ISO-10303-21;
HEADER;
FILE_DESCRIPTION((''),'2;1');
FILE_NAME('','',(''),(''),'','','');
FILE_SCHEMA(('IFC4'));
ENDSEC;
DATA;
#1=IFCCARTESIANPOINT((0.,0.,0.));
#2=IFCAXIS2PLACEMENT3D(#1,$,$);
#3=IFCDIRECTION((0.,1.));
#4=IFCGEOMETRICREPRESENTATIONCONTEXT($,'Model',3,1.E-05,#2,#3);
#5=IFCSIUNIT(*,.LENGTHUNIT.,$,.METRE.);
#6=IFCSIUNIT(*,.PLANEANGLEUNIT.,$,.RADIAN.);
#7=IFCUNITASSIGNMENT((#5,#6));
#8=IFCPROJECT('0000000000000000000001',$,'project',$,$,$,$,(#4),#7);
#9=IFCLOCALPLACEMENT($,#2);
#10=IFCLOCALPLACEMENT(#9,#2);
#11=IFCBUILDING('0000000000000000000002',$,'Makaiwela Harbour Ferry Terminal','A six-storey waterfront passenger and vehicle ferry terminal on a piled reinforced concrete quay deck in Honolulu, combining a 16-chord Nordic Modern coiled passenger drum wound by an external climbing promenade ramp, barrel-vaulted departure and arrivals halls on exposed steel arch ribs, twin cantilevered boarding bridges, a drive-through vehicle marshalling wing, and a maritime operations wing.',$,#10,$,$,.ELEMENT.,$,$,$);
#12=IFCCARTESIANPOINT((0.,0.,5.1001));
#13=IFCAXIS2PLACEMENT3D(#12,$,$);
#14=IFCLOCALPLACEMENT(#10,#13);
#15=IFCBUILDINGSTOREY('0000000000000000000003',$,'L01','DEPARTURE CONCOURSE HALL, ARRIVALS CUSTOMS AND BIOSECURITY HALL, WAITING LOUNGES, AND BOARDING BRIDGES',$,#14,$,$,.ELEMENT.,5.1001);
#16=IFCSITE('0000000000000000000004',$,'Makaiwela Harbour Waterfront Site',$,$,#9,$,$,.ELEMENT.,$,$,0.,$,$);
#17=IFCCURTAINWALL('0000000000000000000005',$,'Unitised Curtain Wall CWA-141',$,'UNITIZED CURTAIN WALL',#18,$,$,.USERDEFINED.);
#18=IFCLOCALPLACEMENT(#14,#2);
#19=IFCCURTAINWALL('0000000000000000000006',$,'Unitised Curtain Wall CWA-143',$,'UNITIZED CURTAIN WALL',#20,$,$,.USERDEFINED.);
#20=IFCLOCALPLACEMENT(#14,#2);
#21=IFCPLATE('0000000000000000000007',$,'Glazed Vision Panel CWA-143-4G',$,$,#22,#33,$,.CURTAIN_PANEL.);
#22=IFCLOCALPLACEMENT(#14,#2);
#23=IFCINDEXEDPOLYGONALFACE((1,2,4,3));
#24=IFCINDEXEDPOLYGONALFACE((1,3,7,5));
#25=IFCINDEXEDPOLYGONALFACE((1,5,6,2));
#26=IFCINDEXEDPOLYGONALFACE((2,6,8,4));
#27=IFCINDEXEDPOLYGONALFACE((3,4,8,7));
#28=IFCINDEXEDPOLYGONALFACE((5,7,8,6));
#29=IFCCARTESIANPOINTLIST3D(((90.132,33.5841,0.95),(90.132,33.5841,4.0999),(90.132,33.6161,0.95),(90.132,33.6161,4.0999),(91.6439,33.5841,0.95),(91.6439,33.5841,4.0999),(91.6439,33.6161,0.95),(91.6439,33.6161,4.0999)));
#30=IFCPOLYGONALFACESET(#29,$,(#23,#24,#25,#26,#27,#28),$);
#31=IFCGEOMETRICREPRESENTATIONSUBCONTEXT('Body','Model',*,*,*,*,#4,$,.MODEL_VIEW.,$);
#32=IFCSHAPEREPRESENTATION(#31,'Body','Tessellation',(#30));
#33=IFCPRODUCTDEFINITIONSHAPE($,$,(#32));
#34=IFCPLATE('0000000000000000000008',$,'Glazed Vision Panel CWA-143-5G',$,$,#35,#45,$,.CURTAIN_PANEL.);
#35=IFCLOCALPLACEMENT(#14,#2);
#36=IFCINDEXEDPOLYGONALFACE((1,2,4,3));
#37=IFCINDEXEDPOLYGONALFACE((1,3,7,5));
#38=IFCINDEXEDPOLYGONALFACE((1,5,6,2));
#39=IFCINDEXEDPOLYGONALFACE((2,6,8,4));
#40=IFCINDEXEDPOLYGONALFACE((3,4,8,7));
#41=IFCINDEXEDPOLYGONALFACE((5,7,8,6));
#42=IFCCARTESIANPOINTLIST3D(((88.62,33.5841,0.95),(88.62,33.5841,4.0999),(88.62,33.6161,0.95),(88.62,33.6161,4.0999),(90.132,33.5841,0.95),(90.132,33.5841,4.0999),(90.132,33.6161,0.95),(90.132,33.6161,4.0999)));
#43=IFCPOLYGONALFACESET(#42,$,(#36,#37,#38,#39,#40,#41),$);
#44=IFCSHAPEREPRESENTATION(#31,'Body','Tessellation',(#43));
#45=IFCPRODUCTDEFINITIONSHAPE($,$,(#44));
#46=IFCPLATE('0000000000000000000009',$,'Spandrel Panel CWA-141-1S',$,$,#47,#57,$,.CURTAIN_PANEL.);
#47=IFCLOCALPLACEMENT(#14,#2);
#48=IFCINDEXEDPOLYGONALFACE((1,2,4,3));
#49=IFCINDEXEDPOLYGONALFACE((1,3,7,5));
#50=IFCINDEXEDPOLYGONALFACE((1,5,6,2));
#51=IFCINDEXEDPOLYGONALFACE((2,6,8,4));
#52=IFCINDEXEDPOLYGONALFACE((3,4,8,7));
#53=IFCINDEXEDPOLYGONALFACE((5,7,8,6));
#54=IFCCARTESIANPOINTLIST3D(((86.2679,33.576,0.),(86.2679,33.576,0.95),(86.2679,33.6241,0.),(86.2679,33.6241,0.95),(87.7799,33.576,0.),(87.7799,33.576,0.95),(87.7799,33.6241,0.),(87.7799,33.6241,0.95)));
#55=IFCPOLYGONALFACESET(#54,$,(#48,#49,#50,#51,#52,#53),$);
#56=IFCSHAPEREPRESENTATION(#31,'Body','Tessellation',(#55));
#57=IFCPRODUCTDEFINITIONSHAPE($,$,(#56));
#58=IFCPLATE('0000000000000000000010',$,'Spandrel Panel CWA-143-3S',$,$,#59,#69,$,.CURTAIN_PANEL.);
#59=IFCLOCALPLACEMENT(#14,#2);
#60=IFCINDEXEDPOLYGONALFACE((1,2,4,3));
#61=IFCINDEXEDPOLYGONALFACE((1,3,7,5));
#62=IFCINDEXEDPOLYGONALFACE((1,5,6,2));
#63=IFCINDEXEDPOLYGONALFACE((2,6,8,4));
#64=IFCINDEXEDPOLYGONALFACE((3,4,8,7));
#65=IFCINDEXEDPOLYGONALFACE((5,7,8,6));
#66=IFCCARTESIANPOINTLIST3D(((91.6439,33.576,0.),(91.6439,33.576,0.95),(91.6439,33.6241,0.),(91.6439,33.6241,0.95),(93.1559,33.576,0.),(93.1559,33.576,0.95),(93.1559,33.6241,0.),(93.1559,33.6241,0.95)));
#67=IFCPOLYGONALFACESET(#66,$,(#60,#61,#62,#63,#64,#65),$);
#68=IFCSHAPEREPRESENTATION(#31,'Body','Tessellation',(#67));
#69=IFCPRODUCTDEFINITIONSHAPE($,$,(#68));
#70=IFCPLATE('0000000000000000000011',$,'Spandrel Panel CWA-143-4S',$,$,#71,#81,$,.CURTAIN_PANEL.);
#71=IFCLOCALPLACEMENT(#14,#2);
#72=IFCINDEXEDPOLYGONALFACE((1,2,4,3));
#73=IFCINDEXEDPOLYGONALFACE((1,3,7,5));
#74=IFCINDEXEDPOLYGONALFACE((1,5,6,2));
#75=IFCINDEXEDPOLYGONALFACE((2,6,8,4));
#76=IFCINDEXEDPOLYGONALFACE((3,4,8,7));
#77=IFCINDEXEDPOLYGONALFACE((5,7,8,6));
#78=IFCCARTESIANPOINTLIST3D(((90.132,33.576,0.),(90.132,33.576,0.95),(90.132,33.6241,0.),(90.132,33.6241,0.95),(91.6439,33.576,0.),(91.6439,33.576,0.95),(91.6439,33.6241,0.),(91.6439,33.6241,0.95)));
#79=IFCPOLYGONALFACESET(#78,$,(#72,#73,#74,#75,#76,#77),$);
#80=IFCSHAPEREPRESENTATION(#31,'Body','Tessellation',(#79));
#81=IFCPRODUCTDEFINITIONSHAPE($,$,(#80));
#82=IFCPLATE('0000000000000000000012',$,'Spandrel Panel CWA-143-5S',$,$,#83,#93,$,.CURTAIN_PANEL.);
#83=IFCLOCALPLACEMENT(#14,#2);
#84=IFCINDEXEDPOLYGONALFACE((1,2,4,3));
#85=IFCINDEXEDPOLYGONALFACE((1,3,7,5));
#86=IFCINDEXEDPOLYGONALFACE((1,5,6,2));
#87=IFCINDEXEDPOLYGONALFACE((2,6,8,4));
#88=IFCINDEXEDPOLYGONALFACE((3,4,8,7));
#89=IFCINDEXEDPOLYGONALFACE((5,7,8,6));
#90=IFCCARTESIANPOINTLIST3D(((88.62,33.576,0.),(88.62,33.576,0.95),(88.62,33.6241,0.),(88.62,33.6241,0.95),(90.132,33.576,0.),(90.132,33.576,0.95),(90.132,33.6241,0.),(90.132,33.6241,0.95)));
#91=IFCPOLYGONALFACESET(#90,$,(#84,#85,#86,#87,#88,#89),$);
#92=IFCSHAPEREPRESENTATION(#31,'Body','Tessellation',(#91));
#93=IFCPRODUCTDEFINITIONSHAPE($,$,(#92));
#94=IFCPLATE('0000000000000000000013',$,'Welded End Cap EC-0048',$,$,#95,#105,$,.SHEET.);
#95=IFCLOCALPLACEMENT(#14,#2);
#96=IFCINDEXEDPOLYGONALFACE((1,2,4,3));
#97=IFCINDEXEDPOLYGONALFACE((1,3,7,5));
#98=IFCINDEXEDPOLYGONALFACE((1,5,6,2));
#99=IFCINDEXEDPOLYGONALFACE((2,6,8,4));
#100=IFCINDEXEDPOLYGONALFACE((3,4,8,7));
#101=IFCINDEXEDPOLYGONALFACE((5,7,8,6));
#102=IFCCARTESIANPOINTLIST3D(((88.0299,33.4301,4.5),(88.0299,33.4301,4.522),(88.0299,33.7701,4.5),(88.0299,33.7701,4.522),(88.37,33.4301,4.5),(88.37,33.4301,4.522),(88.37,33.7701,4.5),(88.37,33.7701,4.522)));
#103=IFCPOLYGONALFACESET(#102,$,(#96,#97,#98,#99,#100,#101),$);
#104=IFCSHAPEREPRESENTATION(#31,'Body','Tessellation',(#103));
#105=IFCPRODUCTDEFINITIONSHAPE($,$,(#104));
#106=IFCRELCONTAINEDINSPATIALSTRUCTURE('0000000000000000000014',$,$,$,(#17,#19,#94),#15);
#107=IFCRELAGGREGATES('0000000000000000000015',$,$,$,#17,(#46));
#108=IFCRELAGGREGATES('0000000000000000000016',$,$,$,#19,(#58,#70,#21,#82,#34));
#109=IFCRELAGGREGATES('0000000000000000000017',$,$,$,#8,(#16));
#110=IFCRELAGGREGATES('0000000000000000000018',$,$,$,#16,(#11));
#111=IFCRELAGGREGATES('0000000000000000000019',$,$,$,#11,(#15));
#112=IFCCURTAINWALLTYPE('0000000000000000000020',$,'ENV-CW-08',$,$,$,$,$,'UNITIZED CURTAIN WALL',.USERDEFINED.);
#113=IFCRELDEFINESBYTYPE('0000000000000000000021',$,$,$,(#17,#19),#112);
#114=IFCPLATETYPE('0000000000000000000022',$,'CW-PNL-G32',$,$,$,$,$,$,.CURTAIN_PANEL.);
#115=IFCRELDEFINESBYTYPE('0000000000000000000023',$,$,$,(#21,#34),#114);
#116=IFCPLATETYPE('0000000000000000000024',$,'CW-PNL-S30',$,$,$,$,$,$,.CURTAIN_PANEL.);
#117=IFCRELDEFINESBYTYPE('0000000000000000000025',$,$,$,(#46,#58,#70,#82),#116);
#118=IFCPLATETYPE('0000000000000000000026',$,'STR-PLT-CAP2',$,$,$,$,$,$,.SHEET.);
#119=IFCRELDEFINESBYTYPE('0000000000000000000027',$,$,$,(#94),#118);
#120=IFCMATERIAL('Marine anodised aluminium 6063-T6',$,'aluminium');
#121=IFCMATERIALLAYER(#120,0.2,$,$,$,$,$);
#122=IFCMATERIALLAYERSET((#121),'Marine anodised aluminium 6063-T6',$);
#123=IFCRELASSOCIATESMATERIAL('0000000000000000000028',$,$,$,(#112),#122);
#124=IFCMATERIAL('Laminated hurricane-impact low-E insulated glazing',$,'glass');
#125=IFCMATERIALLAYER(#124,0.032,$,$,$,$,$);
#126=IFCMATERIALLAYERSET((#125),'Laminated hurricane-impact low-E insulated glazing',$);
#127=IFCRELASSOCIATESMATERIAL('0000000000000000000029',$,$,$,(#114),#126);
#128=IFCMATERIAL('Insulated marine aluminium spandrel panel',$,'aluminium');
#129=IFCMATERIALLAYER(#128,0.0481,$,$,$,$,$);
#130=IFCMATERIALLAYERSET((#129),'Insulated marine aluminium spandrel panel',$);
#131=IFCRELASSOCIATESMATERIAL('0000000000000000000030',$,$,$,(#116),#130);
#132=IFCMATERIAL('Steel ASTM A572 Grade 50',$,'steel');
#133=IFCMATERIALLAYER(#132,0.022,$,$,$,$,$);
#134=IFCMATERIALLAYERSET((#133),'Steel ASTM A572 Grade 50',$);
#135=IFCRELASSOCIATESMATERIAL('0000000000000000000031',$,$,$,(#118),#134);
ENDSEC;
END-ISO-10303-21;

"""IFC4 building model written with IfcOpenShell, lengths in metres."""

from ifc_helpers import new_model, si_unit, direction, frame, origin, origin_2d, place, context, subcontext, project, spatial, rectangle, extrude, material, layer, layer_set, type_object, element, aggregate, save


model = new_model("IFC4")

# Units and contexts
model_context = context("Model", 3, precision=1e-05, world=origin(), true_north=direction((0.0, 1.0)))
body_context = subcontext(model_context, "Body", "Model", "MODEL_VIEW")
ifc_project = project(units=[si_unit("LENGTHUNIT", "METRE"), si_unit("PLANEANGLEUNIT", "RADIAN")], contexts=[model_context])

# Site, building, storey
site_placement = place(None, origin())
site = spatial("IfcSite", under=ifc_project, at=site_placement, Name="Makaiwela Harbour Waterfront Site", CompositionType="ELEMENT", RefElevation=0.0)
building_placement = place(site_placement, origin())
building = spatial("IfcBuilding", under=site, at=building_placement, Name="Makaiwela Harbour Ferry Terminal", Description="A six-storey waterfront passenger and vehicle ferry terminal on a piled reinforced concrete quay deck in Honolulu, combining a 16-chord Nordic Modern coiled passenger drum wound by an external climbing promenade ramp, barrel-vaulted departure and arrivals halls on exposed steel arch ribs, twin cantilevered boarding bridges, a drive-through vehicle marshalling wing, and a maritime operations wing.", CompositionType="ELEMENT")
storey_placement = place(building_placement, frame((0.0, 0.0, 5.1001)))
storey = spatial("IfcBuildingStorey", under=building, at=storey_placement, Name="L01", Description="DEPARTURE CONCOURSE HALL, ARRIVALS CUSTOMS AND BIOSECURITY HALL, WAITING LOUNGES, AND BOARDING BRIDGES", CompositionType="ELEMENT", Elevation=5.1001)

# Curtain wall
ifc_material_1 = material(Name="Marine anodised aluminium 6063-T6", Category="aluminium")
ifc_layer_1 = layer(ifc_material_1, 0.2)
ifc_layer_set_1 = layer_set([ifc_layer_1], Name="Marine anodised aluminium 6063-T6")
curtain_wall_type = type_object("IfcCurtainWallType", Name="ENV-CW-08", ElementType="UNITIZED CURTAIN WALL", PredefinedType="USERDEFINED", material=ifc_layer_set_1)
curtain_wall_1_placement = place(storey_placement, origin())
curtain_wall_1 = element("IfcCurtainWall", 1, at=curtain_wall_1_placement, inside=storey, type_object=curtain_wall_type, Name="Unitised Curtain Wall CWA-141", ObjectType="UNITIZED CURTAIN WALL", PredefinedType="USERDEFINED")

# Curtain wall
curtain_wall_2_placement = place(storey_placement, origin())
curtain_wall_2 = element("IfcCurtainWall", 2, at=curtain_wall_2_placement, inside=storey, type_object=curtain_wall_type, Name="Unitised Curtain Wall CWA-143", ObjectType="UNITIZED CURTAIN WALL", PredefinedType="USERDEFINED")

# Plates
ifc_material_2 = material(Name="Laminated hurricane-impact low-E insulated glazing", Category="glass")
ifc_layer_2 = layer(ifc_material_2, 0.032)
ifc_layer_set_2 = layer_set([ifc_layer_2], Name="Laminated hurricane-impact low-E insulated glazing")
plate_type_1 = type_object("IfcPlateType", Name="CW-PNL-G32", PredefinedType="CURTAIN_PANEL", material=ifc_layer_set_2)
plate_1_placement = place(storey_placement, frame((90.8879, 33.6001, 0.95), z_axis=(0.0, 0.0, 1.0), x_axis=(-1.0, 0.0, 0.0)))
plate_1 = element("IfcPlate", 3, at=plate_1_placement, type_object=plate_type_1, Name="Glazed Vision Panel CWA-143-4G", PredefinedType="CURTAIN_PANEL", context=body_context, shape_type="SweptSolid", body=[
    extrude(rectangle(XDim=1.512, YDim=0.032, at=origin_2d()), origin(), (0.0, 0.0, 1.0), 3.1499),
])
plate_2_placement = place(storey_placement, frame((89.376, 33.6001, 0.95), z_axis=(0.0, 0.0, 1.0), x_axis=(-1.0, 0.0, 0.0)))
plate_2 = element("IfcPlate", 4, at=plate_2_placement, type_object=plate_type_1, Name="Glazed Vision Panel CWA-143-5G", PredefinedType="CURTAIN_PANEL", context=body_context, shape_type="SweptSolid", body=[
    extrude(rectangle(XDim=1.512, YDim=0.032, at=origin_2d()), origin(), (0.0, 0.0, 1.0), 3.1499),
])
ifc_material_3 = material(Name="Insulated marine aluminium spandrel panel", Category="aluminium")
ifc_layer_3 = layer(ifc_material_3, 0.0481)
ifc_layer_set_3 = layer_set([ifc_layer_3], Name="Insulated marine aluminium spandrel panel")
plate_type_2 = type_object("IfcPlateType", Name="CW-PNL-S30", PredefinedType="CURTAIN_PANEL", material=ifc_layer_set_3)
plate_3_placement = place(storey_placement, frame((87.0239, 33.6001, 0.0), z_axis=(0.0, 0.0, 1.0), x_axis=(-1.0, 0.0, 0.0)))
plate_3 = element("IfcPlate", 5, at=plate_3_placement, type_object=plate_type_2, Name="Spandrel Panel CWA-141-1S", PredefinedType="CURTAIN_PANEL", context=body_context, shape_type="SweptSolid", body=[
    extrude(rectangle(XDim=1.512, YDim=0.0481, at=origin_2d()), origin(), (0.0, 0.0, 1.0), 0.95),
])
aggregate(curtain_wall_1, [plate_3])
plate_4_placement = place(storey_placement, frame((92.3999, 33.6001, 0.0), z_axis=(0.0, 0.0, 1.0), x_axis=(-1.0, 0.0, 0.0)))
plate_4 = element("IfcPlate", 6, at=plate_4_placement, type_object=plate_type_2, Name="Spandrel Panel CWA-143-3S", PredefinedType="CURTAIN_PANEL", context=body_context, shape_type="SweptSolid", body=[
    extrude(rectangle(XDim=1.512, YDim=0.0481, at=origin_2d()), origin(), (0.0, 0.0, 1.0), 0.95),
])
plate_5_placement = place(storey_placement, frame((90.8879, 33.6001, 0.0), z_axis=(0.0, 0.0, 1.0), x_axis=(-1.0, 0.0, 0.0)))
plate_5 = element("IfcPlate", 7, at=plate_5_placement, type_object=plate_type_2, Name="Spandrel Panel CWA-143-4S", PredefinedType="CURTAIN_PANEL", context=body_context, shape_type="SweptSolid", body=[
    extrude(rectangle(XDim=1.512, YDim=0.0481, at=origin_2d()), origin(), (0.0, 0.0, 1.0), 0.95),
])
plate_6_placement = place(storey_placement, frame((89.376, 33.6001, 0.0), z_axis=(0.0, 0.0, 1.0), x_axis=(-1.0, 0.0, 0.0)))
plate_6 = element("IfcPlate", 8, at=plate_6_placement, type_object=plate_type_2, Name="Spandrel Panel CWA-143-5S", PredefinedType="CURTAIN_PANEL", context=body_context, shape_type="SweptSolid", body=[
    extrude(rectangle(XDim=1.512, YDim=0.0481, at=origin_2d()), origin(), (0.0, 0.0, 1.0), 0.95),
])
aggregate(curtain_wall_2, [plate_4, plate_5, plate_1, plate_6, plate_2])
ifc_material_4 = material(Name="Steel ASTM A572 Grade 50", Category="steel")
ifc_layer_4 = layer(ifc_material_4, 0.022)
ifc_layer_set_4 = layer_set([ifc_layer_4], Name="Steel ASTM A572 Grade 50")
plate_type_3 = type_object("IfcPlateType", Name="STR-PLT-CAP2", PredefinedType="SHEET", material=ifc_layer_set_4)
plate_7_placement = place(storey_placement, frame((88.2, 33.6001, 4.5), z_axis=(0.0, 0.0, 1.0), x_axis=(1.0, 0.0, 0.0)))
element("IfcPlate", 9, at=plate_7_placement, inside=storey, type_object=plate_type_3, Name="Welded End Cap EC-0048", PredefinedType="SHEET", context=body_context, shape_type="SweptSolid", body=[
    extrude(rectangle(XDim=0.3401, YDim=0.3401, at=origin_2d()), origin(), (0.0, 0.0, 1.0), 0.022),
])

save(model, "model.ifc")
